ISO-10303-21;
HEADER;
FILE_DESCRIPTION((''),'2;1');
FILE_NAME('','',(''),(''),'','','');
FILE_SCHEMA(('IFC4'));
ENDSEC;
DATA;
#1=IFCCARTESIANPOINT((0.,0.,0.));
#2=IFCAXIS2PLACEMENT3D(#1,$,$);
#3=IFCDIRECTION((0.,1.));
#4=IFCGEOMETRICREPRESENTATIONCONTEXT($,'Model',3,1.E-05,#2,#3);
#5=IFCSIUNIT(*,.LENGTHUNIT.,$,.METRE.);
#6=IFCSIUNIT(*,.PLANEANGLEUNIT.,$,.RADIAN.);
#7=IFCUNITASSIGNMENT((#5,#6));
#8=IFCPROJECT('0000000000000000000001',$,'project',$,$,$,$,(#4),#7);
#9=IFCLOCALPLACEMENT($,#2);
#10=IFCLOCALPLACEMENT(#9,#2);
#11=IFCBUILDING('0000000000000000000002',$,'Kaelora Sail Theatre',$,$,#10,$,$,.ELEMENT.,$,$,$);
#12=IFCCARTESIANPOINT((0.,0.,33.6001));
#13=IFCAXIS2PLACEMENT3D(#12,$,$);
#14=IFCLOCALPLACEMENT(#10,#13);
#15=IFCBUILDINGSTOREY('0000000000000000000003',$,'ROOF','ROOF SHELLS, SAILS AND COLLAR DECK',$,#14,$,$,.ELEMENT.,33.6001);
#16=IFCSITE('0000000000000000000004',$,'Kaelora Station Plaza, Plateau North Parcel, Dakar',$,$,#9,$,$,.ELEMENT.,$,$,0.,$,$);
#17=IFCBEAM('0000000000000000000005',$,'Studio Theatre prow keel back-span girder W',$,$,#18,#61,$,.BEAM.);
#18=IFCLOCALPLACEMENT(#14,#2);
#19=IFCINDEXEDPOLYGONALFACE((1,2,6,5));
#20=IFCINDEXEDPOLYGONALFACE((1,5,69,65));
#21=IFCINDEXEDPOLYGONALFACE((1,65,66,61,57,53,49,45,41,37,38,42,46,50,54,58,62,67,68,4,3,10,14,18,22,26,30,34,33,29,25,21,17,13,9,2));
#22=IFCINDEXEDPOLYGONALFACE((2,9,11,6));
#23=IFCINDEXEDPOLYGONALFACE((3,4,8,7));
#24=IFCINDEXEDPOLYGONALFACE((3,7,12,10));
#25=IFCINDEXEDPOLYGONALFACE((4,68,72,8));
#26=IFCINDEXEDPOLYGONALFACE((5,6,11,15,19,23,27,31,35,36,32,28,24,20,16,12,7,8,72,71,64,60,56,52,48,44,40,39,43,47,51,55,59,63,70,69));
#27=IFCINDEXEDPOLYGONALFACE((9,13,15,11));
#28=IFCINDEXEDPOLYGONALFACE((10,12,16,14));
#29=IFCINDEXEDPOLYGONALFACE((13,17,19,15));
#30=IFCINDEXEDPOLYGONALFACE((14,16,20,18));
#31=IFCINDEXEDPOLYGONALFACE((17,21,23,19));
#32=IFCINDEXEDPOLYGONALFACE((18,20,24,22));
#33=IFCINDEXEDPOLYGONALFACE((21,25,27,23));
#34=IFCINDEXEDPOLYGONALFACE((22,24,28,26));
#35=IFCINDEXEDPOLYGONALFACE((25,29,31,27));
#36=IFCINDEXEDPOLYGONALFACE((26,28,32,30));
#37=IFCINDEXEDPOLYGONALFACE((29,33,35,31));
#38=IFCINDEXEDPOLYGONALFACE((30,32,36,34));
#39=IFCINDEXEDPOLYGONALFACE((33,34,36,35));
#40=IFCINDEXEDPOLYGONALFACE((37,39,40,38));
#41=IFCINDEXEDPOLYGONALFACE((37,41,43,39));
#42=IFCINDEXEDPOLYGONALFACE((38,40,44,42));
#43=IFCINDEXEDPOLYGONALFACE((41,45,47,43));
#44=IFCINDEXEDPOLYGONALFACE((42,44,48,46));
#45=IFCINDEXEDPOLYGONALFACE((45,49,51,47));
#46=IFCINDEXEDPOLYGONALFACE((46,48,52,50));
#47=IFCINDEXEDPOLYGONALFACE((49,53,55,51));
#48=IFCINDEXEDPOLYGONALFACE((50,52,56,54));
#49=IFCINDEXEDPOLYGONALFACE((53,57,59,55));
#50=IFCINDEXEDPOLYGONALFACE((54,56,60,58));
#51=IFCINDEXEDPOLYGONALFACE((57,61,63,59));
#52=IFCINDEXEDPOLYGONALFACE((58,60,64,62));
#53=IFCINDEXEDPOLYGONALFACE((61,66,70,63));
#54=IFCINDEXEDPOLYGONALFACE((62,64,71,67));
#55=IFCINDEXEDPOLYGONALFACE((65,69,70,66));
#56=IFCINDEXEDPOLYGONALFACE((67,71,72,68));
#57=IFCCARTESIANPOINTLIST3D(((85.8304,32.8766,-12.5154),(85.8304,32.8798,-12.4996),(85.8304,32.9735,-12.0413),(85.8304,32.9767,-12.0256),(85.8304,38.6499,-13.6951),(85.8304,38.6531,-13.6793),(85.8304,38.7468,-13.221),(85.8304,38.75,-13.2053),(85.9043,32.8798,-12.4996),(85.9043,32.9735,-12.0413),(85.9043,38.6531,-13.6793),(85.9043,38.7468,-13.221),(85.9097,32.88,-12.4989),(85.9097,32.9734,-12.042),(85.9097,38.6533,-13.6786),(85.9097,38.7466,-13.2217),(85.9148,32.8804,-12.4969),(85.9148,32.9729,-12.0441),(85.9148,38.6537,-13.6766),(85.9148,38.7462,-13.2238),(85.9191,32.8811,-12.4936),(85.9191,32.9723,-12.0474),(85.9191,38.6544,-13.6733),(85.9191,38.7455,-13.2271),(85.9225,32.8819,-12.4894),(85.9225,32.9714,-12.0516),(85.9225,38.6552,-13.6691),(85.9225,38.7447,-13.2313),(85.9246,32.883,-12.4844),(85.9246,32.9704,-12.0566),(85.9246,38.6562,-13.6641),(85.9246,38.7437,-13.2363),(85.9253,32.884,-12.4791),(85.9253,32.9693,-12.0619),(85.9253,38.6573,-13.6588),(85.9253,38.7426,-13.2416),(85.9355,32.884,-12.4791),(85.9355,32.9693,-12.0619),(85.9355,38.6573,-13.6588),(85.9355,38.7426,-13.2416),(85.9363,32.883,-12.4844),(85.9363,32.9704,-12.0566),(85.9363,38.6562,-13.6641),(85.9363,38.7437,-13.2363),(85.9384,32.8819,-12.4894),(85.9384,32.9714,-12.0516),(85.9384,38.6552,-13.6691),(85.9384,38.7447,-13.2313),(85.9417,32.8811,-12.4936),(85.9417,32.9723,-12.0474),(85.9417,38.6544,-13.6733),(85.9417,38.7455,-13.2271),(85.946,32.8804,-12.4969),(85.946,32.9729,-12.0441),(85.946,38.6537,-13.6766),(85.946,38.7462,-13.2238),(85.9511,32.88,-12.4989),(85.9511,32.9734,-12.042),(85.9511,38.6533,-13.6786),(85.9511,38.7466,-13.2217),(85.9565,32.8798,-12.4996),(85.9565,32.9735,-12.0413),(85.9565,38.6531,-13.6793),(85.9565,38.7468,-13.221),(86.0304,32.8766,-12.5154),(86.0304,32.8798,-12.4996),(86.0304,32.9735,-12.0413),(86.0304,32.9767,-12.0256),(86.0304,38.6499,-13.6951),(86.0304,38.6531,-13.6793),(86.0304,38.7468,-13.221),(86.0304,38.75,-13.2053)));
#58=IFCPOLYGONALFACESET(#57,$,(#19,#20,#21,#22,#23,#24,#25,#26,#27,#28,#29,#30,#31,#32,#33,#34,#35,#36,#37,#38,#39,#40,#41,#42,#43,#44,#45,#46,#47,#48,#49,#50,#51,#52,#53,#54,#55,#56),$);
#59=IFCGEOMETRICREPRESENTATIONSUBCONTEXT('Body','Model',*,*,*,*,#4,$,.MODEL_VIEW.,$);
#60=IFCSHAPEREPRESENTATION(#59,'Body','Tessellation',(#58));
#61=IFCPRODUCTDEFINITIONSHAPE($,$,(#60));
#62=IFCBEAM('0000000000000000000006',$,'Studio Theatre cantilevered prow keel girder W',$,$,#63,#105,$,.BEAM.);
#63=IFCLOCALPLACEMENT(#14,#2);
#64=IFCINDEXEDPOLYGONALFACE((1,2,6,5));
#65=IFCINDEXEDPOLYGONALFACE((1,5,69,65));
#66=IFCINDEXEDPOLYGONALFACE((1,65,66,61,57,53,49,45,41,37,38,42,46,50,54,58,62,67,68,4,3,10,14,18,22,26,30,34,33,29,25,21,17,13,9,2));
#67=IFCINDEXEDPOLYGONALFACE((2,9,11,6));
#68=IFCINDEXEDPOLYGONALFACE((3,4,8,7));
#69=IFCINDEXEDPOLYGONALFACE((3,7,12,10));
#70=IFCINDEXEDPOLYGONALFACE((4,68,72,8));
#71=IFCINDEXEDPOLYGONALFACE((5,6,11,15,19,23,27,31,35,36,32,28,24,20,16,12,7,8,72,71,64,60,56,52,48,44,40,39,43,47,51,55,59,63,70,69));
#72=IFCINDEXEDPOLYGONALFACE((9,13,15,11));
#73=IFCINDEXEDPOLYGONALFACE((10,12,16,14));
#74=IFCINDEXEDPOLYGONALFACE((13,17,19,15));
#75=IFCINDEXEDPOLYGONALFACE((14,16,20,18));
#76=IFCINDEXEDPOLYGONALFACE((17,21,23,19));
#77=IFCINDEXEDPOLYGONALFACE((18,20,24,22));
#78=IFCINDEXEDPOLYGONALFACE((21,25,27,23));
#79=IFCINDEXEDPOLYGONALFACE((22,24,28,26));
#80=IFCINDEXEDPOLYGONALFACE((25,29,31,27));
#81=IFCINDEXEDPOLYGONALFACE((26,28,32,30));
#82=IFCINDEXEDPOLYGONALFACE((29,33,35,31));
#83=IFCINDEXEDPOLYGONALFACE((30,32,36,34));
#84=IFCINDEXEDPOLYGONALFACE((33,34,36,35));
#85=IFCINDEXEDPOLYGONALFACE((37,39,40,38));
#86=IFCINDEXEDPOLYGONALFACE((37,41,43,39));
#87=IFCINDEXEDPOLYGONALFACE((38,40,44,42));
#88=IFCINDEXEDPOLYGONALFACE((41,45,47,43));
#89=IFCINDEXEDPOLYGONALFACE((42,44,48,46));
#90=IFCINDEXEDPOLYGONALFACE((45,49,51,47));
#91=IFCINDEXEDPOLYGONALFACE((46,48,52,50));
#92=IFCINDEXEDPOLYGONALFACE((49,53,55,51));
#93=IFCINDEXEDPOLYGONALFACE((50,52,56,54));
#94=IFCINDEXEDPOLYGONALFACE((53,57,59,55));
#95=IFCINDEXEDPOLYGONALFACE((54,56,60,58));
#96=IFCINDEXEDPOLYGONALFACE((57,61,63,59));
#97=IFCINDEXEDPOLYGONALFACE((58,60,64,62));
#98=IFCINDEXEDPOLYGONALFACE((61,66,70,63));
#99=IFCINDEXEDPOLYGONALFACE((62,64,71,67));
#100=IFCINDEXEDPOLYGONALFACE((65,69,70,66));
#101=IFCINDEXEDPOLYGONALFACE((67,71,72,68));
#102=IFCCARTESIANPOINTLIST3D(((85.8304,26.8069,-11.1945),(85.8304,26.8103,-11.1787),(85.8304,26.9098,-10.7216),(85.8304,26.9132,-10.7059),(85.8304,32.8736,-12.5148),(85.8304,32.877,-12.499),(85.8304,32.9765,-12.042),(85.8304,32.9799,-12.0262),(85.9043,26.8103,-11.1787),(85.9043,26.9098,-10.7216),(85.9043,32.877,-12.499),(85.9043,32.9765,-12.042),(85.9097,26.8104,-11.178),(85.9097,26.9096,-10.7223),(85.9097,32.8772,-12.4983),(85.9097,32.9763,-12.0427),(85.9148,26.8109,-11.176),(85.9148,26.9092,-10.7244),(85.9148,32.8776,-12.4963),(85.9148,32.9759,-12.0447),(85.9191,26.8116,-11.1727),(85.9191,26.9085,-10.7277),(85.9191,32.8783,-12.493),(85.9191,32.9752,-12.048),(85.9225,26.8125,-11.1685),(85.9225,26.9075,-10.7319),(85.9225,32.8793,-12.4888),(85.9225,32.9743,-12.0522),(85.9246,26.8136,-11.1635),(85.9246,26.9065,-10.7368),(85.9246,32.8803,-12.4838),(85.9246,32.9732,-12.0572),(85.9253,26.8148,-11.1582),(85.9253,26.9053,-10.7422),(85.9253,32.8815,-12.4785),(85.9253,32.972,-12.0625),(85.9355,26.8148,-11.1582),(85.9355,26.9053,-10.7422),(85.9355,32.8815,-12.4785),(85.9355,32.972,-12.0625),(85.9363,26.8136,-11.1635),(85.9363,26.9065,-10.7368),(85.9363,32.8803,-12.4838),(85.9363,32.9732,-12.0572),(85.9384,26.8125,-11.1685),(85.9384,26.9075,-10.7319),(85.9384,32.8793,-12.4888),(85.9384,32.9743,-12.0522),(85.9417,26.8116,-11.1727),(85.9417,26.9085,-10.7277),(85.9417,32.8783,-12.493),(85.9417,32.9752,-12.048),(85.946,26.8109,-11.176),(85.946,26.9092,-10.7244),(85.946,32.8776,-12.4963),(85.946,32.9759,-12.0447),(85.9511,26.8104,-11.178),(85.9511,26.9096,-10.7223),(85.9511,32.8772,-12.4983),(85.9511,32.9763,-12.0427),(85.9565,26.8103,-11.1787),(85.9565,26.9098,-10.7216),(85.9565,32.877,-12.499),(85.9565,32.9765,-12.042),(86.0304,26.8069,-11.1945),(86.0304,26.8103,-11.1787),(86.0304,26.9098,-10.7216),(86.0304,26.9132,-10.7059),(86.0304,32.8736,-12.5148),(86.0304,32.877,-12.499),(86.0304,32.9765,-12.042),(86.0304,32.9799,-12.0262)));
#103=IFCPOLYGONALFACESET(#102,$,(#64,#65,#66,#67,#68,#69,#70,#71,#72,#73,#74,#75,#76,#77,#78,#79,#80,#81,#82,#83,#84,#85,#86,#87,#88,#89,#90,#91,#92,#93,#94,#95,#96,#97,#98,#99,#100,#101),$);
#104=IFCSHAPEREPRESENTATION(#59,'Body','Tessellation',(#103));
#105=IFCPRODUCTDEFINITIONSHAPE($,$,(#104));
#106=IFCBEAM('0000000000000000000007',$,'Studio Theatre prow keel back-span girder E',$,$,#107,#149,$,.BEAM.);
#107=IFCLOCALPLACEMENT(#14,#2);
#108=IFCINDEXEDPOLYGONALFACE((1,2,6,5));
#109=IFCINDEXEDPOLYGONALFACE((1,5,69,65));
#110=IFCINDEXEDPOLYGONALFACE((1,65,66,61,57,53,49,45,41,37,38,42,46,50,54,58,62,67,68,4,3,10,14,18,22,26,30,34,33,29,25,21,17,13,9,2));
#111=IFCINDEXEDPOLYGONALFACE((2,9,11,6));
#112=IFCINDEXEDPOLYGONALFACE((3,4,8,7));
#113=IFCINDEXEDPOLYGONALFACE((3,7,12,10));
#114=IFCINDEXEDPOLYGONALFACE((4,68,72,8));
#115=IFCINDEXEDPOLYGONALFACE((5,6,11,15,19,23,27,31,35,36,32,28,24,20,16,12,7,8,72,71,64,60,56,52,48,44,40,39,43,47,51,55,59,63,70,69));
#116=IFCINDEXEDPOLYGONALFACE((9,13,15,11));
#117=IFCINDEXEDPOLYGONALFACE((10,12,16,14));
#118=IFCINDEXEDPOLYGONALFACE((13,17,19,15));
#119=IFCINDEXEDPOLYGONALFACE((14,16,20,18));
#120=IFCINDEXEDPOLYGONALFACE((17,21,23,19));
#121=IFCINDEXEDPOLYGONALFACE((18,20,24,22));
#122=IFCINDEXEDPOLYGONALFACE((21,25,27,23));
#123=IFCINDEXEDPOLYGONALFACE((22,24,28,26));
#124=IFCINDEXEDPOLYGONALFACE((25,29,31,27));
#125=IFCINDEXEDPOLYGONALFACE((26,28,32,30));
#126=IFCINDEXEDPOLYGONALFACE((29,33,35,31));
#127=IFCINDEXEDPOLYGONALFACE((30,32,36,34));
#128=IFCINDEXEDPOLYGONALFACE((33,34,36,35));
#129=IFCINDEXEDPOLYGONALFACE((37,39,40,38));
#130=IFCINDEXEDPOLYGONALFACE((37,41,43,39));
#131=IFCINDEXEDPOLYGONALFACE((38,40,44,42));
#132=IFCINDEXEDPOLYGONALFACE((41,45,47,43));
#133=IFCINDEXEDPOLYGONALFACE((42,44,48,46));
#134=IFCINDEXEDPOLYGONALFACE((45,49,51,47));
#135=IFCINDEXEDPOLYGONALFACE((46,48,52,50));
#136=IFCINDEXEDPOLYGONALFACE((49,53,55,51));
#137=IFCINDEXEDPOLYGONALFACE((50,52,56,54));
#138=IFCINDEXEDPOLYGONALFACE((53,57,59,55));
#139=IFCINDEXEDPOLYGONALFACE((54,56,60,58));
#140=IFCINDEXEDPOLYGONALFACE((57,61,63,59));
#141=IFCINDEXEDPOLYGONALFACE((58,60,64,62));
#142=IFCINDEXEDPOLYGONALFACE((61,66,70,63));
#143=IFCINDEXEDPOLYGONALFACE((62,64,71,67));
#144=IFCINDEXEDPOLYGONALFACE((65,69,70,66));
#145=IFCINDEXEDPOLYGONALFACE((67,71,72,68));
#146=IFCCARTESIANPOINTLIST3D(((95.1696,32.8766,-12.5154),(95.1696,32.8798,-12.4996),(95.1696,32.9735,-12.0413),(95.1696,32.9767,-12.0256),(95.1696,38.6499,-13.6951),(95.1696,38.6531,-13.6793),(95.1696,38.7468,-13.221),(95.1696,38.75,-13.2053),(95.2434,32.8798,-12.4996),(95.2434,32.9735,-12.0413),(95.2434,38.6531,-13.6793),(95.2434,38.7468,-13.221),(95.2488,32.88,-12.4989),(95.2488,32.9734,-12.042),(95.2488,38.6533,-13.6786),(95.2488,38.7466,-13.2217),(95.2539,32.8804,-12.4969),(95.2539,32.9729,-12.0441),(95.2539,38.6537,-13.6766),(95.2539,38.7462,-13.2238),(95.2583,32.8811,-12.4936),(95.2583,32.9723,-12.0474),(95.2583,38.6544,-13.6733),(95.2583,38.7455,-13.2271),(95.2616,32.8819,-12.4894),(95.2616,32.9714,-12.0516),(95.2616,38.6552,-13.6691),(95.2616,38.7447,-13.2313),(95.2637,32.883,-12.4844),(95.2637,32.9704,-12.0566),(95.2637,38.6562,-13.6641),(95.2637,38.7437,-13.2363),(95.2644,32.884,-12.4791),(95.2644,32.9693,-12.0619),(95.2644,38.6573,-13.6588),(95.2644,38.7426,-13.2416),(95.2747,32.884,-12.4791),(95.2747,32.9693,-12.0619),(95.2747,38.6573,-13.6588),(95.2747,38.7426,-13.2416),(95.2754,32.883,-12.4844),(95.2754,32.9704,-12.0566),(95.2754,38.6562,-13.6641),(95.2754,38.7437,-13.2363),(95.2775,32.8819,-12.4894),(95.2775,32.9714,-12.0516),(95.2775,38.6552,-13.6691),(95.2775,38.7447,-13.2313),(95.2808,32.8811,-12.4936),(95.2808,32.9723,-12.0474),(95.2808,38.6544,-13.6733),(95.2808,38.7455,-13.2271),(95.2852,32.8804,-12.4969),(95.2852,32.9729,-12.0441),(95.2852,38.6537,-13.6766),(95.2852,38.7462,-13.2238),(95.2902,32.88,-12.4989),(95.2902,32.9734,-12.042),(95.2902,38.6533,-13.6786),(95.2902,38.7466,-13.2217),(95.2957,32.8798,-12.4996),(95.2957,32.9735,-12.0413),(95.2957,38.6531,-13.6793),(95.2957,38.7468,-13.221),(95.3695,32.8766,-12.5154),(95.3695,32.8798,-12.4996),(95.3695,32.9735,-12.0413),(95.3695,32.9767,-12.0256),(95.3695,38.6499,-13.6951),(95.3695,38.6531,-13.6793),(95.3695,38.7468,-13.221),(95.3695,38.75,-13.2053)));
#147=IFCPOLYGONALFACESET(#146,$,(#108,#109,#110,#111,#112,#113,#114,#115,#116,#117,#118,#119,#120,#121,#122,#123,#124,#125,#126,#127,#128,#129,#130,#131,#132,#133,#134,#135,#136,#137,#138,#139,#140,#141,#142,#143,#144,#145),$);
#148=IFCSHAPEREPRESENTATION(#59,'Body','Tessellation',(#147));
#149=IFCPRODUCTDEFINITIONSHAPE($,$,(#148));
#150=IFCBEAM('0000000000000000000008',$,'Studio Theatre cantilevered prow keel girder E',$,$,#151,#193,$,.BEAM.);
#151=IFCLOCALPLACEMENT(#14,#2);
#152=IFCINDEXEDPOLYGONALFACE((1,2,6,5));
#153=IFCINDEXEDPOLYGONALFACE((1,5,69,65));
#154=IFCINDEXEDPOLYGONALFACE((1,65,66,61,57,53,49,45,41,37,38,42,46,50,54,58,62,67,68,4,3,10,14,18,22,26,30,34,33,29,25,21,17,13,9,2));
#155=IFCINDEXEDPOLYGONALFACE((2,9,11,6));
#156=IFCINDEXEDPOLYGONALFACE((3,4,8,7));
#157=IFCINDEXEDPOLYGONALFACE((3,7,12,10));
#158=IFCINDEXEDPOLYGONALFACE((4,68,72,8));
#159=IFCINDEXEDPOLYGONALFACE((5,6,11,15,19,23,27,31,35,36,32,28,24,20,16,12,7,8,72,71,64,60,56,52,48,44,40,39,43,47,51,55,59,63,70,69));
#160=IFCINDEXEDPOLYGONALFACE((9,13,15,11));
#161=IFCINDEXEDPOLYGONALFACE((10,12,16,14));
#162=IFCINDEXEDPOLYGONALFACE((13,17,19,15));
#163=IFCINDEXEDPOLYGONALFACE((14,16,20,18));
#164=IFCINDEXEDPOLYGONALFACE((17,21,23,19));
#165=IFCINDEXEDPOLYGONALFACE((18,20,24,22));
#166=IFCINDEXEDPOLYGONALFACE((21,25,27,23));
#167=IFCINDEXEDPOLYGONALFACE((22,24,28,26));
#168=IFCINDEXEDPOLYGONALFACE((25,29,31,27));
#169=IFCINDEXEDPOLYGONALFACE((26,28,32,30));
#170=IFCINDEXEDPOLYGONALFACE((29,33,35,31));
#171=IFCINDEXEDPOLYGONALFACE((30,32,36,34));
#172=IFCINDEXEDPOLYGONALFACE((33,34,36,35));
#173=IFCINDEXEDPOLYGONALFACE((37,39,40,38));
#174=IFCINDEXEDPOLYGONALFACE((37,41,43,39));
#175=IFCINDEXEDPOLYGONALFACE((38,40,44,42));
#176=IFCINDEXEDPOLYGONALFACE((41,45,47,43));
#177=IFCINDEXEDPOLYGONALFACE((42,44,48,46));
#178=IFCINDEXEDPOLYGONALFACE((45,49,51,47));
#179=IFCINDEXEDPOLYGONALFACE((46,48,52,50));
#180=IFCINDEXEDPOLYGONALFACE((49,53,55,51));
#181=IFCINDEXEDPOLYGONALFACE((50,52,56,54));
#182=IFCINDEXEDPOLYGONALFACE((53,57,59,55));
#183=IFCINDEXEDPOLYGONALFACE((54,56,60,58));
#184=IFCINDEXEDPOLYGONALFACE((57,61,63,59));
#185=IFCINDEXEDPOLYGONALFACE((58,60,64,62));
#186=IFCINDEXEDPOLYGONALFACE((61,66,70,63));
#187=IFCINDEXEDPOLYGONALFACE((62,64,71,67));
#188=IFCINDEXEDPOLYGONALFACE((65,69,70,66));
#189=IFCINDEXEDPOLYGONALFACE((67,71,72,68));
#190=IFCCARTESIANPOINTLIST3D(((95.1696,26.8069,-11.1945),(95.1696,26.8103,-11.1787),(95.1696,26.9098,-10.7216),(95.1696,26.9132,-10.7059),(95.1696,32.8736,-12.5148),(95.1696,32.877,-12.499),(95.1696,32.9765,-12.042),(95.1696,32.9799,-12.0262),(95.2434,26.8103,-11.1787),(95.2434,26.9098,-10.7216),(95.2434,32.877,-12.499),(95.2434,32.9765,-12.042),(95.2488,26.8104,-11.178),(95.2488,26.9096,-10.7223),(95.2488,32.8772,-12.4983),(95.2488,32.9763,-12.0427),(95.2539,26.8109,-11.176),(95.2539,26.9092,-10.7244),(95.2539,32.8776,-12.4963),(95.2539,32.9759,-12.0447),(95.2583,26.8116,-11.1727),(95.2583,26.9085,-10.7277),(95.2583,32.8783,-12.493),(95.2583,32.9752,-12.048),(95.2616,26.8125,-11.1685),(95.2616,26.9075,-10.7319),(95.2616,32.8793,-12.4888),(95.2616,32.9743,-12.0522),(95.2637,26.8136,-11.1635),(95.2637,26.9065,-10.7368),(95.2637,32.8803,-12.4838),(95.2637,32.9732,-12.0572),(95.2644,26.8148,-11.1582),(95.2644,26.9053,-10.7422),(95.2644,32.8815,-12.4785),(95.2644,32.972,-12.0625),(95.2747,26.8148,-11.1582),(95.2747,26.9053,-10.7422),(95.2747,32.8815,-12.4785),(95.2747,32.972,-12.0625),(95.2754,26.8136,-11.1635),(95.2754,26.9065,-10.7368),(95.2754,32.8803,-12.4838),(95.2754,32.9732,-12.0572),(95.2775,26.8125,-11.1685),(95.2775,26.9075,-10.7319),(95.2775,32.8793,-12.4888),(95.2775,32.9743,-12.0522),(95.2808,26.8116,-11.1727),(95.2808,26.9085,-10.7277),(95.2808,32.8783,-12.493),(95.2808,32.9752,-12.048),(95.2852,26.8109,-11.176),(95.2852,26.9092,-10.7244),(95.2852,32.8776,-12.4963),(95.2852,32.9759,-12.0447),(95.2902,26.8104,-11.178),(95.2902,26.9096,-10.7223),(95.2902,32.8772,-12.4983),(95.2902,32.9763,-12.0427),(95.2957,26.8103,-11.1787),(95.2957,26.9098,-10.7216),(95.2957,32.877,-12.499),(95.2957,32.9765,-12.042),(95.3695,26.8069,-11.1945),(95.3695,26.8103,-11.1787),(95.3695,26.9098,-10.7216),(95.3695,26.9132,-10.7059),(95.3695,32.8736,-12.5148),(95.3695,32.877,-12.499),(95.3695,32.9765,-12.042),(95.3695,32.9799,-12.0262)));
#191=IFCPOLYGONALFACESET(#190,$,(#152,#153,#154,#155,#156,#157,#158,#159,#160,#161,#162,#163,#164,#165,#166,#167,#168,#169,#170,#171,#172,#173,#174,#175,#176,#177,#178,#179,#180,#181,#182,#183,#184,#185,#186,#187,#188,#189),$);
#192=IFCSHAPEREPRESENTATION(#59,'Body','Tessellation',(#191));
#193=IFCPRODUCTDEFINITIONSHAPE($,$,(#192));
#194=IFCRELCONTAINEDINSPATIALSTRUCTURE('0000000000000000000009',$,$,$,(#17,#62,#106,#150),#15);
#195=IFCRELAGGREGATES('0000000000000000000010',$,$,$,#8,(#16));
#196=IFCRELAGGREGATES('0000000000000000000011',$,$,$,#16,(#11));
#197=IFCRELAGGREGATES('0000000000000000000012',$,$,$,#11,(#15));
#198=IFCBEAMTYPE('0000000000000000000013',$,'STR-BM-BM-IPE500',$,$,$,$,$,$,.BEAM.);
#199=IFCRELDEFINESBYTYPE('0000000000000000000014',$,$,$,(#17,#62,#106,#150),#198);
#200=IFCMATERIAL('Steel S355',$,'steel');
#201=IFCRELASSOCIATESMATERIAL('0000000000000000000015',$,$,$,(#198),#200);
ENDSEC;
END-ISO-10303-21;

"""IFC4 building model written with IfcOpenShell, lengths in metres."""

from ifc_helpers import new_model, si_unit, direction, frame, origin, origin_2d, place, context, subcontext, project, spatial, i_section, extrude, material, material_profile, profile_set, type_object, element, save


model = new_model("IFC4")

# Units and contexts
model_context = context("Model", 3, precision=1e-05, world=origin(), true_north=direction((0.0, 1.0)))
body_context = subcontext(model_context, "Body", "Model", "MODEL_VIEW")
ifc_project = project(units=[si_unit("LENGTHUNIT", "METRE"), si_unit("PLANEANGLEUNIT", "RADIAN")], contexts=[model_context])

# Site, building, storey
site_placement = place(None, origin())
site = spatial("IfcSite", under=ifc_project, at=site_placement, Name="Kaelora Station Plaza, Plateau North Parcel, Dakar", CompositionType="ELEMENT", RefElevation=0.0)
building_placement = place(site_placement, origin())
building = spatial("IfcBuilding", under=site, at=building_placement, Name="Kaelora Sail Theatre", CompositionType="ELEMENT")
storey_placement = place(building_placement, frame((0.0, 0.0, 33.6001)))
storey = spatial("IfcBuildingStorey", under=building, at=storey_placement, Name="ROOF", Description="ROOF SHELLS, SAILS AND COLLAR DECK", CompositionType="ELEMENT", Elevation=33.6001)

# Beams
ifc_material_1 = material(Name="Steel S355", Category="steel")
ifc_material_profile_1 = material_profile(ifc_material_1, i_section(OverallWidth=0.2, OverallDepth=0.5, WebThickness=0.0103, FlangeThickness=0.0161, FilletRadius=0.021, at=origin_2d()), Name="IPE 500")
ifc_profile_set_1 = profile_set([ifc_material_profile_1], Name="Steel S355")
beam_type = type_object("IfcBeamType", Name="STR-BM-BM-IPE500", PredefinedType="BEAM", material=ifc_profile_set_1)
beam_1_placement = place(storey_placement, frame((85.9304, 38.7, -13.4502), z_axis=(0.0, -0.979755, 0.200202), x_axis=(1.0, 0.0, 0.0)))
element("IfcBeam", 1, at=beam_1_placement, inside=storey, type_object=beam_type, Name="Studio Theatre prow keel back-span girder W", PredefinedType="BEAM", context=body_context, shape_type="SweptSolid", body=[
    extrude(i_section(OverallWidth=0.2, OverallDepth=0.5, WebThickness=0.0103, FlangeThickness=0.0161, FilletRadius=0.021, at=origin_2d()), origin(), (0.0, 0.0, 1.0), 5.8926),
])
beam_2_placement = place(storey_placement, frame((85.9304, 32.9268, -12.2705), z_axis=(0.0, -0.977127, 0.212657), x_axis=(1.0, 0.0, 0.0)))
element("IfcBeam", 2, at=beam_2_placement, inside=storey, type_object=beam_type, Name="Studio Theatre cantilevered prow keel girder W", PredefinedType="BEAM", context=body_context, shape_type="SweptSolid", body=[
    extrude(i_section(OverallWidth=0.2, OverallDepth=0.5, WebThickness=0.0103, FlangeThickness=0.0161, FilletRadius=0.021, at=origin_2d()), origin(), (0.0, 0.0, 1.0), 6.2087),
])
beam_3_placement = place(storey_placement, frame((95.2695, 38.7, -13.4502), z_axis=(0.0, -0.979755, 0.200202), x_axis=(1.0, 0.0, 0.0)))
element("IfcBeam", 3, at=beam_3_placement, inside=storey, type_object=beam_type, Name="Studio Theatre prow keel back-span girder E", PredefinedType="BEAM", context=body_context, shape_type="SweptSolid", body=[
    extrude(i_section(OverallWidth=0.2, OverallDepth=0.5, WebThickness=0.0103, FlangeThickness=0.0161, FilletRadius=0.021, at=origin_2d()), origin(), (0.0, 0.0, 1.0), 5.8926),
])
beam_4_placement = place(storey_placement, frame((95.2695, 32.9268, -12.2705), z_axis=(0.0, -0.977127, 0.212657), x_axis=(1.0, 0.0, 0.0)))
element("IfcBeam", 4, at=beam_4_placement, inside=storey, type_object=beam_type, Name="Studio Theatre cantilevered prow keel girder E", PredefinedType="BEAM", context=body_context, shape_type="SweptSolid", body=[
    extrude(i_section(OverallWidth=0.2, OverallDepth=0.5, WebThickness=0.0103, FlangeThickness=0.0161, FilletRadius=0.021, at=origin_2d()), origin(), (0.0, 0.0, 1.0), 6.2087),
])

save(model, "model.ifc")
